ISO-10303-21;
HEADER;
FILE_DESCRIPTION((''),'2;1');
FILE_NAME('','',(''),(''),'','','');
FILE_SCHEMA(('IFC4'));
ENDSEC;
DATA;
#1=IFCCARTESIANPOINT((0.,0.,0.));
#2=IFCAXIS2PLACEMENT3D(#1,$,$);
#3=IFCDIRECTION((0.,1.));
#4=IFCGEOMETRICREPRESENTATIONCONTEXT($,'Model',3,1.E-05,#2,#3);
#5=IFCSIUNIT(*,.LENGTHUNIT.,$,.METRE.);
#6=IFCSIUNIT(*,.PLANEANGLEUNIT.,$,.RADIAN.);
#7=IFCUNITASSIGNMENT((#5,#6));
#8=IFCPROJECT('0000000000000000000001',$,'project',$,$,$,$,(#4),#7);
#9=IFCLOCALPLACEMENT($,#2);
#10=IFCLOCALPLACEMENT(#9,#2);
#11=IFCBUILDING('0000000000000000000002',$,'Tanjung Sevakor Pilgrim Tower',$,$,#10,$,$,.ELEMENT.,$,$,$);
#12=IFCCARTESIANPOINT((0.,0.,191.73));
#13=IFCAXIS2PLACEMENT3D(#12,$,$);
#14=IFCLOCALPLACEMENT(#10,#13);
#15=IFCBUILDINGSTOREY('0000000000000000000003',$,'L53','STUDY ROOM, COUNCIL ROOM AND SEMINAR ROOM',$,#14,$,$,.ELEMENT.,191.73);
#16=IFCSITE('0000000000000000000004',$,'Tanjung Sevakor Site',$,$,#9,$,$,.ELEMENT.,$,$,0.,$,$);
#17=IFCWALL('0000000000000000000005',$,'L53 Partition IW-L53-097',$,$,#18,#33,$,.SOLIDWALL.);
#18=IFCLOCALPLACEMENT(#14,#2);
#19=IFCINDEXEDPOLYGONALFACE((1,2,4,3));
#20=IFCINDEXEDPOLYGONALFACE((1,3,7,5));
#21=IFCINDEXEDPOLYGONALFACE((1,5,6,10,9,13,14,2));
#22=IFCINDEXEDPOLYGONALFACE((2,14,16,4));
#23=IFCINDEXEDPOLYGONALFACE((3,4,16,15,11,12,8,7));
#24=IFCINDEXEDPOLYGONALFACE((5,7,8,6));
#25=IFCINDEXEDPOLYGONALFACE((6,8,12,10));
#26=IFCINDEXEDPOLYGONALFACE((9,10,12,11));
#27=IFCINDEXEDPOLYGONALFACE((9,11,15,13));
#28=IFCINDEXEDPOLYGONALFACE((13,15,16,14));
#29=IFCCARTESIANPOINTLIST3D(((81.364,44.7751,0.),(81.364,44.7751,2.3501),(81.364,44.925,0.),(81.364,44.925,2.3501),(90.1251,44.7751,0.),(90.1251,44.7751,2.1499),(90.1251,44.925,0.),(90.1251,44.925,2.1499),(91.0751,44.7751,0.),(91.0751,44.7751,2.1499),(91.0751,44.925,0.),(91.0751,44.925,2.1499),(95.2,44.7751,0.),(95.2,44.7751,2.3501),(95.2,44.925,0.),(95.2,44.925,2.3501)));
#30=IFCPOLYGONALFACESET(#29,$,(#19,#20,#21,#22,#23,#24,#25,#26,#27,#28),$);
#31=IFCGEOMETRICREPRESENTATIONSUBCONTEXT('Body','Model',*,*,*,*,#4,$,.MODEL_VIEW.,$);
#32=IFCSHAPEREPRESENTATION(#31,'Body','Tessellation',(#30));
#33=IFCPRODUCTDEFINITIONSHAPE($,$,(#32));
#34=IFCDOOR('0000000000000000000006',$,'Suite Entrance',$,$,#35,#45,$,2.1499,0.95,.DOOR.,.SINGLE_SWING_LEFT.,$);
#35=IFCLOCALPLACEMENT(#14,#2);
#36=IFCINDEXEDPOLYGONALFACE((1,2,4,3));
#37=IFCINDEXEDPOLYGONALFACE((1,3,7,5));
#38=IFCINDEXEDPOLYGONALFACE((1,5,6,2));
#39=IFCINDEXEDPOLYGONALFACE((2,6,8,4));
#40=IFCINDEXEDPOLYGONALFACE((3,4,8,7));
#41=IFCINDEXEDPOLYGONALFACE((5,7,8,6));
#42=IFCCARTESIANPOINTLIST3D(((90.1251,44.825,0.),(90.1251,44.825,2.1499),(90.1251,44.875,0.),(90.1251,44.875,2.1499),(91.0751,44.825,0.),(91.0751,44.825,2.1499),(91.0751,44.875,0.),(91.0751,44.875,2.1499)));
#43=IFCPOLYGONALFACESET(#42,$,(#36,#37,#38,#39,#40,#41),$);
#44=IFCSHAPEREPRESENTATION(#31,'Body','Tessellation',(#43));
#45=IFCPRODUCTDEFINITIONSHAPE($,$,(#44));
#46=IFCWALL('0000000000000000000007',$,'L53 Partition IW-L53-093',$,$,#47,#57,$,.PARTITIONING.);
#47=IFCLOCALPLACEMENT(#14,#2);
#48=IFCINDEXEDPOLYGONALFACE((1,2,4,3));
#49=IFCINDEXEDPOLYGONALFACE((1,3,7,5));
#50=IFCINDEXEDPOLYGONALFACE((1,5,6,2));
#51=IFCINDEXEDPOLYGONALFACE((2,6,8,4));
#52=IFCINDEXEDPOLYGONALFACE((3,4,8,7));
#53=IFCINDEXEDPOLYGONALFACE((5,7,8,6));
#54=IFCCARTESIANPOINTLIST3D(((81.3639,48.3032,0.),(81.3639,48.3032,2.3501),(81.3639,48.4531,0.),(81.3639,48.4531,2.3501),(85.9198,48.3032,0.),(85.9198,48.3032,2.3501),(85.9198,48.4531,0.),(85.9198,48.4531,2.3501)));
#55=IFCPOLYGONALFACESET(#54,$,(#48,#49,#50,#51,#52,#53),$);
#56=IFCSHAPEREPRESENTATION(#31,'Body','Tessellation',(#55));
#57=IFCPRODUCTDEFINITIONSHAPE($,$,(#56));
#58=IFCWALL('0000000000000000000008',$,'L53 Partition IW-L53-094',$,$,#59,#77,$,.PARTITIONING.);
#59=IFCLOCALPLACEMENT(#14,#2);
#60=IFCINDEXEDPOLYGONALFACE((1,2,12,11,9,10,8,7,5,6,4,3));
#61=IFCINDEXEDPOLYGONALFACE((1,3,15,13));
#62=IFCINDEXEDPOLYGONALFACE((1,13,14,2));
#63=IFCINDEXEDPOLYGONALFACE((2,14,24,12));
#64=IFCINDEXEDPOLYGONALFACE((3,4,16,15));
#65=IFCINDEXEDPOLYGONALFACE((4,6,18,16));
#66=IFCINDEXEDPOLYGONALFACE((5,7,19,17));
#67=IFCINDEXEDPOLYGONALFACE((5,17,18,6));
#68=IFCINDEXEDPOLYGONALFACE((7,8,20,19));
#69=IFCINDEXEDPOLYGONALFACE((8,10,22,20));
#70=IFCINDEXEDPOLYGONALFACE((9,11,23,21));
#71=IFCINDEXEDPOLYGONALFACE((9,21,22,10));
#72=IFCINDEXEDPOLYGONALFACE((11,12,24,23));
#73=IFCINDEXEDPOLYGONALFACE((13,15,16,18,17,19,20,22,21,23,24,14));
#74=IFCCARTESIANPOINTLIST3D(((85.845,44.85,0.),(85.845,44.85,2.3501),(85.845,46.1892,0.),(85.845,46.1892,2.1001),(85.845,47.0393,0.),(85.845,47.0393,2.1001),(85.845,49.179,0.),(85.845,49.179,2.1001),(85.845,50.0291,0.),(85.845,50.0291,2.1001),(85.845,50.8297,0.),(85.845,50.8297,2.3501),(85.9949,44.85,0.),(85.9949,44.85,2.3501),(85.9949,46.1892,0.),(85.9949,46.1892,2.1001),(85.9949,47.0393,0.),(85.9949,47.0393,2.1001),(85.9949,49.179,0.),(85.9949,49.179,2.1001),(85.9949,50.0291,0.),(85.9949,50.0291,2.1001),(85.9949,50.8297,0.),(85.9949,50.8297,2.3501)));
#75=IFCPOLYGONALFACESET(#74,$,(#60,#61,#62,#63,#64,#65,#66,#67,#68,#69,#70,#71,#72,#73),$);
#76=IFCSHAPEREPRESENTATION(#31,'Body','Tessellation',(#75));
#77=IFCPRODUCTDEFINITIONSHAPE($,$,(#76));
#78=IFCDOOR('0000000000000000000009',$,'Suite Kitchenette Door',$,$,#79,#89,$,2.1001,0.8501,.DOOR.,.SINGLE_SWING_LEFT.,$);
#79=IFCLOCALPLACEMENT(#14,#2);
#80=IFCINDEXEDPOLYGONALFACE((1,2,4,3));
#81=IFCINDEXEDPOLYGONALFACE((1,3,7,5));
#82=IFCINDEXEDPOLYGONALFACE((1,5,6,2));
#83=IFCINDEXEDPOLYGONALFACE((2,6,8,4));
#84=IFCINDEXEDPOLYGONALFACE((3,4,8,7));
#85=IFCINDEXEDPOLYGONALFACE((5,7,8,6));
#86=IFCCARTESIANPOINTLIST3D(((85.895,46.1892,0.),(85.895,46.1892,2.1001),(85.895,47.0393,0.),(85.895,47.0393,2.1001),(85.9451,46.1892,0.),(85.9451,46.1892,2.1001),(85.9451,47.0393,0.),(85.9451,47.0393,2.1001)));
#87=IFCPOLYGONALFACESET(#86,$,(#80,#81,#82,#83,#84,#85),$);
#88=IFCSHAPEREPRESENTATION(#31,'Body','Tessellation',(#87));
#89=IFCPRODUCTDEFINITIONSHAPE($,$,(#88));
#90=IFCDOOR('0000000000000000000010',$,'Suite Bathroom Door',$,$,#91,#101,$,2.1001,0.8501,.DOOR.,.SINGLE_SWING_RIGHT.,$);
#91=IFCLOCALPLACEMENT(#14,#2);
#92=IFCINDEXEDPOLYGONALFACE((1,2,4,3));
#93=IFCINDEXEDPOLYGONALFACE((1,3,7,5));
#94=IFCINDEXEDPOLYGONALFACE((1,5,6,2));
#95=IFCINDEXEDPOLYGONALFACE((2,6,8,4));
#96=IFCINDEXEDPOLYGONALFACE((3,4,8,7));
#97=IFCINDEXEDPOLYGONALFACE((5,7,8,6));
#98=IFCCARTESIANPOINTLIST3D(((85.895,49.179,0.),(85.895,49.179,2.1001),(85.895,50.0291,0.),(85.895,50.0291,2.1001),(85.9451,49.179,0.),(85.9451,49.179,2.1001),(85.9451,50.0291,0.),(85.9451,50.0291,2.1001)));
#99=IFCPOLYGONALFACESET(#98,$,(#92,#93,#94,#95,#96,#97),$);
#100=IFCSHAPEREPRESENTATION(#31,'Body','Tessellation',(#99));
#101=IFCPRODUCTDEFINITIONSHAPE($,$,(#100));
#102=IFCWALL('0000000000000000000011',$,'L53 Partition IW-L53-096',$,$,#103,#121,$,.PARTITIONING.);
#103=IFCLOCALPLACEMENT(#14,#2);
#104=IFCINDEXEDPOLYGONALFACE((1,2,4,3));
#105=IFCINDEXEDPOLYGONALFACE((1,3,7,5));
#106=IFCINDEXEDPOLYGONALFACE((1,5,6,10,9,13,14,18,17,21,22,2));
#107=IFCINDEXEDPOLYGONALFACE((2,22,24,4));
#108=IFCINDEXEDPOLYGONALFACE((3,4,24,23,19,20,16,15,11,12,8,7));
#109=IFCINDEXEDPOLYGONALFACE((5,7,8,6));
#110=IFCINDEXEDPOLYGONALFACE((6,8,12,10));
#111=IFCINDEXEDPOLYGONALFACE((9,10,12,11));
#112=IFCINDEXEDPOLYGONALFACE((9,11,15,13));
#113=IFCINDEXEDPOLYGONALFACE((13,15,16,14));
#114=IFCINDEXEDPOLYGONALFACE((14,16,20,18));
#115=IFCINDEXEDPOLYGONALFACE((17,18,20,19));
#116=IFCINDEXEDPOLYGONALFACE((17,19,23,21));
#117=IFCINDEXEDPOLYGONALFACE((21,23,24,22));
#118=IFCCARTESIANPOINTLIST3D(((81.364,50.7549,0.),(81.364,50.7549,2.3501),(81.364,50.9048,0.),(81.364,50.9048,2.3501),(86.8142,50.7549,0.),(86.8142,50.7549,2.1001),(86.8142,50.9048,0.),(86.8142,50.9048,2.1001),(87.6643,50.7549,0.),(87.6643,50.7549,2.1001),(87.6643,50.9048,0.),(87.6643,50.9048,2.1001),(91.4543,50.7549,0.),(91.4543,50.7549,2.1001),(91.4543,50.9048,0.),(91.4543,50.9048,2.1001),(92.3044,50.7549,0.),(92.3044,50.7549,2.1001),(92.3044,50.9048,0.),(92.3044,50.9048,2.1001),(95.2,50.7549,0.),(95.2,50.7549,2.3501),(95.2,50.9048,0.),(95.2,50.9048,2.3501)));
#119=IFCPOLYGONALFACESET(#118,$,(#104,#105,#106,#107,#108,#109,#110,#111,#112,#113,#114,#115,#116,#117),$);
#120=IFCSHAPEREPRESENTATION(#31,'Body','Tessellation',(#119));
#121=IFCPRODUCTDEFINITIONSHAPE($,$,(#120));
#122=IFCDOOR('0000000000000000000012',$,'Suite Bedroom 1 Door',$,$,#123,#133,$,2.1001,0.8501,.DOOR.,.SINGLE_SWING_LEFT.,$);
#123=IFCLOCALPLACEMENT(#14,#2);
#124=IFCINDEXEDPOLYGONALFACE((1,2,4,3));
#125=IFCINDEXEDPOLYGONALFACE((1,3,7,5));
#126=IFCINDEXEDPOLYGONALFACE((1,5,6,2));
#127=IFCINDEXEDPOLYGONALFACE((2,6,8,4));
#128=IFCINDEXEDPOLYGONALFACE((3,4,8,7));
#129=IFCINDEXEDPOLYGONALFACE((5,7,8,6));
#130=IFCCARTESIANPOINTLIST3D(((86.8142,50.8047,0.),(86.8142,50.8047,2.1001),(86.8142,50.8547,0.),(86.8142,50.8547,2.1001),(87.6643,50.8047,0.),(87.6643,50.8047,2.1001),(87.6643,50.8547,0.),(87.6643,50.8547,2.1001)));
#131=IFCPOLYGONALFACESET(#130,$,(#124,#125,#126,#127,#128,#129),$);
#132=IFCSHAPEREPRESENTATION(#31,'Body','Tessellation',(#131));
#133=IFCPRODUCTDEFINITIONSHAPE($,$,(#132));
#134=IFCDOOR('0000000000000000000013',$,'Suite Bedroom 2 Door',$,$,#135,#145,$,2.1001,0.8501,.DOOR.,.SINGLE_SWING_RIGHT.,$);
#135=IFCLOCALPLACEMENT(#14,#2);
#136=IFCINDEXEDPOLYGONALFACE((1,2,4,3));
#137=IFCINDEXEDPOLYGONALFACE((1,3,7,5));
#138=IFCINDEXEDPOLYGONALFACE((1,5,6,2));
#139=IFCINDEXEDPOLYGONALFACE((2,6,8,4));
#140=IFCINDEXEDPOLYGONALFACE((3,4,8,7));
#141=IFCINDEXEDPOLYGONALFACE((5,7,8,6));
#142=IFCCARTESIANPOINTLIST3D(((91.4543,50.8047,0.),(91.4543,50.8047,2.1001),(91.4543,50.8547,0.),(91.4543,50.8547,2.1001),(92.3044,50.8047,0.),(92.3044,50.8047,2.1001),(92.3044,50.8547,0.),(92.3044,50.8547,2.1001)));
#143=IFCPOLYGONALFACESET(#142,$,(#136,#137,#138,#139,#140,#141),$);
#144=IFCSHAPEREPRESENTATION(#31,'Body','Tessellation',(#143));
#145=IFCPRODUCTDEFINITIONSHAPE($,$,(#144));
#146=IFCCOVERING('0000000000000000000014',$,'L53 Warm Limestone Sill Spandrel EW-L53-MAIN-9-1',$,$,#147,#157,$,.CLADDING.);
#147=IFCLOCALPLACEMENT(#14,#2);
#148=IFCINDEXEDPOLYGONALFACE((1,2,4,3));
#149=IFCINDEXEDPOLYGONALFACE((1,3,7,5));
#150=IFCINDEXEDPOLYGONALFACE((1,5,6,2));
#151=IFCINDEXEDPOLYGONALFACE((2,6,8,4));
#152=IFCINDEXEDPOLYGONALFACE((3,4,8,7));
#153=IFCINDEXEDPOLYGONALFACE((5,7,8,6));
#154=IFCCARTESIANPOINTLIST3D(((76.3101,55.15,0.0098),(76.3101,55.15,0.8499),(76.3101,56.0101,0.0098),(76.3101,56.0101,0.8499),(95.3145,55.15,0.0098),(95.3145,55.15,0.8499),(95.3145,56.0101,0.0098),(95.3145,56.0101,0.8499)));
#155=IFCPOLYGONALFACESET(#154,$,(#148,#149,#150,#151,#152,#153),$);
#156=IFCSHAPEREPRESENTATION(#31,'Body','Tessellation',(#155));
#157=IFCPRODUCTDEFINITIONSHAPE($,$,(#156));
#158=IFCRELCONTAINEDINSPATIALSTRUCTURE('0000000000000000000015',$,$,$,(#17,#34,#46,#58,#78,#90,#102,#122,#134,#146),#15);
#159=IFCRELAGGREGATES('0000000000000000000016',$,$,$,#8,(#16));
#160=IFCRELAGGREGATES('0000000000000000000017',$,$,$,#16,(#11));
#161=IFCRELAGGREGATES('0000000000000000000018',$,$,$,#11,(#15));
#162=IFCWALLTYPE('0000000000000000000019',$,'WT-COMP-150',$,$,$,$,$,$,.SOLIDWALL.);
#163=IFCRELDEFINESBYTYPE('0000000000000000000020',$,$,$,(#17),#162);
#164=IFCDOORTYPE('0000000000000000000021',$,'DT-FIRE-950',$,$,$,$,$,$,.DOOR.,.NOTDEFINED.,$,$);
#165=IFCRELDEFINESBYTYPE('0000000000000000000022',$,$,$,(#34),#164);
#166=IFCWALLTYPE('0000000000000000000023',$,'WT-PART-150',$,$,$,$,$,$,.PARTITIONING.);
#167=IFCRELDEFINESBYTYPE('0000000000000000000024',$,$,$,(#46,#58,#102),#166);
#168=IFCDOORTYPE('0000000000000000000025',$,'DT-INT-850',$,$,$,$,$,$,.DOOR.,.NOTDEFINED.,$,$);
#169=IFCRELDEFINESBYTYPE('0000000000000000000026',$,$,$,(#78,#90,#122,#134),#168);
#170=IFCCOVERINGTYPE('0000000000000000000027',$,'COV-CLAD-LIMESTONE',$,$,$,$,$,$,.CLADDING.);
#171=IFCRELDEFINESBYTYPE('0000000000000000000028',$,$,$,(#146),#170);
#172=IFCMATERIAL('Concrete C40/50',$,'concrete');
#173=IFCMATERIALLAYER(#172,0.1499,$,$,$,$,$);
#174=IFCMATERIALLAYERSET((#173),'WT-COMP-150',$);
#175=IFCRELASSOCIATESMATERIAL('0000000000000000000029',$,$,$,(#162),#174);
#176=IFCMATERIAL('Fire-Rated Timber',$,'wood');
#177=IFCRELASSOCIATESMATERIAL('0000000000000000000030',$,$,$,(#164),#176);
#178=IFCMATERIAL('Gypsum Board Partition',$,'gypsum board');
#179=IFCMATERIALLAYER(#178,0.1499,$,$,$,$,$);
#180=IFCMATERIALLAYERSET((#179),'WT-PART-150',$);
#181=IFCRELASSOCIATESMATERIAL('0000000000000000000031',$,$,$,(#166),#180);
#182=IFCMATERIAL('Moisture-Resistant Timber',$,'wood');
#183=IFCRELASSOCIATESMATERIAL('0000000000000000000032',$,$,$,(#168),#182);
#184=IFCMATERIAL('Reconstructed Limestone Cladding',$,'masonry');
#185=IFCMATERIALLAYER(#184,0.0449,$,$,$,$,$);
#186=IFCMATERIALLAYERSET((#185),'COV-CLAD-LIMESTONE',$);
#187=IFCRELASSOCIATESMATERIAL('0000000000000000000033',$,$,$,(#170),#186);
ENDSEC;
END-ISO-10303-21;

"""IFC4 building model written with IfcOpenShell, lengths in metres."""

from ifc_helpers import new_model, si_unit, direction, frame, frame_2d, origin, origin_2d, place, context, subcontext, project, spatial, rectangle, extrude, material, layer, layer_set, type_object, element, fill, save


model = new_model("IFC4")

# Units and contexts
model_context = context("Model", 3, precision=1e-05, world=origin(), true_north=direction((0.0, 1.0)))
body_context = subcontext(model_context, "Body", "Model", "MODEL_VIEW")
ifc_project = project(units=[si_unit("LENGTHUNIT", "METRE"), si_unit("PLANEANGLEUNIT", "RADIAN")], contexts=[model_context])

# Site, building, storey
site_placement = place(None, origin())
site = spatial("IfcSite", under=ifc_project, at=site_placement, Name="Tanjung Sevakor Site", CompositionType="ELEMENT", RefElevation=0.0)
building_placement = place(site_placement, origin())
building = spatial("IfcBuilding", under=site, at=building_placement, Name="Tanjung Sevakor Pilgrim Tower", CompositionType="ELEMENT")
storey_placement = place(building_placement, frame((0.0, 0.0, 191.73)))
storey = spatial("IfcBuildingStorey", under=building, at=storey_placement, Name="L53", Description="STUDY ROOM, COUNCIL ROOM AND SEMINAR ROOM", CompositionType="ELEMENT", Elevation=191.73)

# Shared definitions
ifc_material_1 = material(Name="Concrete C40/50", Category="concrete")
ifc_layer_1 = layer(ifc_material_1, 0.1499)
ifc_layer_set_1 = layer_set([ifc_layer_1], Name="WT-COMP-150")
wall_type_1 = type_object("IfcWallType", Name="WT-COMP-150", PredefinedType="SOLIDWALL", material=ifc_layer_set_1)

# Wall, opening, door
wall_1_placement = place(storey_placement, frame((81.364, 44.8501, 0.0), z_axis=(0.0, 0.0, 1.0), x_axis=(1.0, 0.0, 0.0)))
wall_1 = element("IfcWall", 1, at=wall_1_placement, inside=storey, type_object=wall_type_1, Name="L53 Partition IW-L53-097", PredefinedType="SOLIDWALL", context=body_context, shape_type="SweptSolid", body=[
    extrude(rectangle(XDim=13.8359, YDim=0.1499, at=frame_2d((6.918, 0.0))), origin(), (0.0, 0.0, 1.0), 2.3501),
])
opening_1_placement = place(wall_1_placement, frame((8.761, 0.0, 0.0)))
opening_1 = element("IfcOpeningElement", 2, at=opening_1_placement, cuts=wall_1, PredefinedType="OPENING", context=body_context, shape_type="SweptSolid", body=[
    extrude(rectangle(XDim=0.95, YDim=2.1499, at=frame_2d((0.4751, 1.075))), frame((0.0, 0.085, 0.0), z_axis=(0.0, -1.0, 0.0), x_axis=(1.0, 0.0, 0.0)), (0.0, 0.0, 1.0), 0.1699),
])
ifc_material_2 = material(Name="Fire-Rated Timber", Category="wood")
door_type_1 = type_object("IfcDoorType", Name="DT-FIRE-950", OperationType="NOTDEFINED", PredefinedType="DOOR", material=ifc_material_2)
door_1_placement = place(opening_1_placement, origin())
door_1 = element("IfcDoor", 3, at=door_1_placement, inside=storey, type_object=door_type_1, Name="Suite Entrance", OperationType="SINGLE_SWING_LEFT", OverallHeight=2.1499, OverallWidth=0.95, PredefinedType="DOOR", context=body_context, shape_type="SweptSolid", body=[
    extrude(rectangle(XDim=0.95, YDim=2.1499, at=frame_2d((0.4751, 1.075))), frame((0.0, 0.0249, 0.0), z_axis=(0.0, -1.0, 0.0), x_axis=(1.0, 0.0, 0.0)), (0.0, 0.0, 1.0), 0.05),
])
fill(opening_1, door_1)

# Wall
ifc_material_3 = material(Name="Gypsum Board Partition", Category="gypsum board")
ifc_layer_2 = layer(ifc_material_3, 0.1499)
ifc_layer_set_2 = layer_set([ifc_layer_2], Name="WT-PART-150")
wall_type_2 = type_object("IfcWallType", Name="WT-PART-150", PredefinedType="PARTITIONING", material=ifc_layer_set_2)
wall_2_placement = place(storey_placement, frame((81.364, 48.3782, 0.0), z_axis=(0.0, 0.0, 1.0), x_axis=(1.0, 0.0, 0.0)))
element("IfcWall", 4, at=wall_2_placement, inside=storey, type_object=wall_type_2, Name="L53 Partition IW-L53-093", PredefinedType="PARTITIONING", context=body_context, shape_type="SweptSolid", body=[
    extrude(rectangle(XDim=4.5559, YDim=0.1499, at=frame_2d((2.2778, 0.0))), origin(), (0.0, 0.0, 1.0), 2.3501),
])

# Walls, openings, doors
wall_3_placement = place(storey_placement, frame((85.9199, 44.8501, 0.0), z_axis=(0.0, 0.0, 1.0), x_axis=(0.0, 1.0, 0.0)))
wall_3 = element("IfcWall", 5, at=wall_3_placement, inside=storey, type_object=wall_type_2, Name="L53 Partition IW-L53-094", PredefinedType="PARTITIONING", context=body_context, shape_type="SweptSolid", body=[
    extrude(rectangle(XDim=5.9797, YDim=0.1499, at=frame_2d((2.9897, 0.0))), origin(), (0.0, 0.0, 1.0), 2.3501),
])
opening_2_placement = place(wall_3_placement, frame((1.3391, 0.0, 0.0)))
opening_2 = element("IfcOpeningElement", 6, at=opening_2_placement, cuts=wall_3, PredefinedType="OPENING", context=body_context, shape_type="SweptSolid", body=[
    extrude(rectangle(XDim=0.8501, YDim=2.1001, at=frame_2d((0.425, 1.05))), frame((0.0, 0.085, 0.0), z_axis=(0.0, -1.0, 0.0), x_axis=(1.0, 0.0, 0.0)), (0.0, 0.0, 1.0), 0.1699),
])
opening_3_placement = place(wall_3_placement, frame((4.3289, 0.0, 0.0)))
opening_3 = element("IfcOpeningElement", 7, at=opening_3_placement, cuts=wall_3, PredefinedType="OPENING", context=body_context, shape_type="SweptSolid", body=[
    extrude(rectangle(XDim=0.8501, YDim=2.1001, at=frame_2d((0.425, 1.05))), frame((0.0, 0.085, 0.0), z_axis=(0.0, -1.0, 0.0), x_axis=(1.0, 0.0, 0.0)), (0.0, 0.0, 1.0), 0.1699),
])
ifc_material_4 = material(Name="Moisture-Resistant Timber", Category="wood")
door_type_2 = type_object("IfcDoorType", Name="DT-INT-850", OperationType="NOTDEFINED", PredefinedType="DOOR", material=ifc_material_4)
door_2_placement = place(opening_2_placement, origin())
door_2 = element("IfcDoor", 8, at=door_2_placement, inside=storey, type_object=door_type_2, Name="Suite Kitchenette Door", OperationType="SINGLE_SWING_LEFT", OverallHeight=2.1001, OverallWidth=0.8501, PredefinedType="DOOR", context=body_context, shape_type="SweptSolid", body=[
    extrude(rectangle(XDim=0.8501, YDim=2.1001, at=frame_2d((0.425, 1.05))), frame((0.0, 0.0249, 0.0), z_axis=(0.0, -1.0, 0.0), x_axis=(1.0, 0.0, 0.0)), (0.0, 0.0, 1.0), 0.05),
])
fill(opening_2, door_2)
door_3_placement = place(opening_3_placement, origin())
door_3 = element("IfcDoor", 9, at=door_3_placement, inside=storey, type_object=door_type_2, Name="Suite Bathroom Door", OperationType="SINGLE_SWING_RIGHT", OverallHeight=2.1001, OverallWidth=0.8501, PredefinedType="DOOR", context=body_context, shape_type="SweptSolid", body=[
    extrude(rectangle(XDim=0.8501, YDim=2.1001, at=frame_2d((0.425, 1.05))), frame((0.0, 0.0249, 0.0), z_axis=(0.0, -1.0, 0.0), x_axis=(1.0, 0.0, 0.0)), (0.0, 0.0, 1.0), 0.05),
])
fill(opening_3, door_3)
wall_4_placement = place(storey_placement, frame((81.364, 50.8298, 0.0), z_axis=(0.0, 0.0, 1.0), x_axis=(1.0, 0.0, 0.0)))
wall_4 = element("IfcWall", 10, at=wall_4_placement, inside=storey, type_object=wall_type_2, Name="L53 Partition IW-L53-096", PredefinedType="PARTITIONING", context=body_context, shape_type="SweptSolid", body=[
    extrude(rectangle(XDim=13.8359, YDim=0.1499, at=frame_2d((6.918, 0.0))), origin(), (0.0, 0.0, 1.0), 2.3501),
])
opening_4_placement = place(wall_4_placement, frame((5.4502, 0.0, 0.0)))
opening_4 = element("IfcOpeningElement", 11, at=opening_4_placement, cuts=wall_4, PredefinedType="OPENING", context=body_context, shape_type="SweptSolid", body=[
    extrude(rectangle(XDim=0.8501, YDim=2.1001, at=frame_2d((0.425, 1.05))), frame((0.0, 0.085, 0.0), z_axis=(0.0, -1.0, 0.0), x_axis=(1.0, 0.0, 0.0)), (0.0, 0.0, 1.0), 0.1699),
])
opening_5_placement = place(wall_4_placement, frame((10.0903, 0.0, 0.0)))
opening_5 = element("IfcOpeningElement", 12, at=opening_5_placement, cuts=wall_4, PredefinedType="OPENING", context=body_context, shape_type="SweptSolid", body=[
    extrude(rectangle(XDim=0.8501, YDim=2.1001, at=frame_2d((0.425, 1.05))), frame((0.0, 0.085, 0.0), z_axis=(0.0, -1.0, 0.0), x_axis=(1.0, 0.0, 0.0)), (0.0, 0.0, 1.0), 0.1699),
])
door_4_placement = place(opening_4_placement, origin())
door_4 = element("IfcDoor", 13, at=door_4_placement, inside=storey, type_object=door_type_2, Name="Suite Bedroom 1 Door", OperationType="SINGLE_SWING_LEFT", OverallHeight=2.1001, OverallWidth=0.8501, PredefinedType="DOOR", context=body_context, shape_type="SweptSolid", body=[
    extrude(rectangle(XDim=0.8501, YDim=2.1001, at=frame_2d((0.425, 1.05))), frame((0.0, 0.0249, 0.0), z_axis=(0.0, -1.0, 0.0), x_axis=(1.0, 0.0, 0.0)), (0.0, 0.0, 1.0), 0.05),
])
fill(opening_4, door_4)
door_5_placement = place(opening_5_placement, origin())
door_5 = element("IfcDoor", 14, at=door_5_placement, inside=storey, type_object=door_type_2, Name="Suite Bedroom 2 Door", OperationType="SINGLE_SWING_RIGHT", OverallHeight=2.1001, OverallWidth=0.8501, PredefinedType="DOOR", context=body_context, shape_type="SweptSolid", body=[
    extrude(rectangle(XDim=0.8501, YDim=2.1001, at=frame_2d((0.425, 1.05))), frame((0.0, 0.0249, 0.0), z_axis=(0.0, -1.0, 0.0), x_axis=(1.0, 0.0, 0.0)), (0.0, 0.0, 1.0), 0.05),
])
fill(opening_5, door_5)

# Covering
ifc_material_5 = material(Name="Reconstructed Limestone Cladding", Category="masonry")
ifc_layer_3 = layer(ifc_material_5, 0.0449)
ifc_layer_set_3 = layer_set([ifc_layer_3], Name="COV-CLAD-LIMESTONE")
covering_type = type_object("IfcCoveringType", Name="COV-CLAD-LIMESTONE", PredefinedType="CLADDING", material=ifc_layer_set_3)
covering_placement = place(storey_placement, frame((85.8123, 55.5801, 0.0098), z_axis=(0.0, 0.0, 1.0), x_axis=(-1.0, 0.0, 0.0)))
element("IfcCovering", 15, at=covering_placement, inside=storey, type_object=covering_type, Name="L53 Warm Limestone Sill Spandrel EW-L53-MAIN-9-1", PredefinedType="CLADDING", context=body_context, shape_type="SweptSolid", body=[
    extrude(rectangle(XDim=19.0044, YDim=0.8601, at=origin_2d()), origin(), (0.0, 0.0, 1.0), 0.8401),
])

save(model, "model.ifc")
